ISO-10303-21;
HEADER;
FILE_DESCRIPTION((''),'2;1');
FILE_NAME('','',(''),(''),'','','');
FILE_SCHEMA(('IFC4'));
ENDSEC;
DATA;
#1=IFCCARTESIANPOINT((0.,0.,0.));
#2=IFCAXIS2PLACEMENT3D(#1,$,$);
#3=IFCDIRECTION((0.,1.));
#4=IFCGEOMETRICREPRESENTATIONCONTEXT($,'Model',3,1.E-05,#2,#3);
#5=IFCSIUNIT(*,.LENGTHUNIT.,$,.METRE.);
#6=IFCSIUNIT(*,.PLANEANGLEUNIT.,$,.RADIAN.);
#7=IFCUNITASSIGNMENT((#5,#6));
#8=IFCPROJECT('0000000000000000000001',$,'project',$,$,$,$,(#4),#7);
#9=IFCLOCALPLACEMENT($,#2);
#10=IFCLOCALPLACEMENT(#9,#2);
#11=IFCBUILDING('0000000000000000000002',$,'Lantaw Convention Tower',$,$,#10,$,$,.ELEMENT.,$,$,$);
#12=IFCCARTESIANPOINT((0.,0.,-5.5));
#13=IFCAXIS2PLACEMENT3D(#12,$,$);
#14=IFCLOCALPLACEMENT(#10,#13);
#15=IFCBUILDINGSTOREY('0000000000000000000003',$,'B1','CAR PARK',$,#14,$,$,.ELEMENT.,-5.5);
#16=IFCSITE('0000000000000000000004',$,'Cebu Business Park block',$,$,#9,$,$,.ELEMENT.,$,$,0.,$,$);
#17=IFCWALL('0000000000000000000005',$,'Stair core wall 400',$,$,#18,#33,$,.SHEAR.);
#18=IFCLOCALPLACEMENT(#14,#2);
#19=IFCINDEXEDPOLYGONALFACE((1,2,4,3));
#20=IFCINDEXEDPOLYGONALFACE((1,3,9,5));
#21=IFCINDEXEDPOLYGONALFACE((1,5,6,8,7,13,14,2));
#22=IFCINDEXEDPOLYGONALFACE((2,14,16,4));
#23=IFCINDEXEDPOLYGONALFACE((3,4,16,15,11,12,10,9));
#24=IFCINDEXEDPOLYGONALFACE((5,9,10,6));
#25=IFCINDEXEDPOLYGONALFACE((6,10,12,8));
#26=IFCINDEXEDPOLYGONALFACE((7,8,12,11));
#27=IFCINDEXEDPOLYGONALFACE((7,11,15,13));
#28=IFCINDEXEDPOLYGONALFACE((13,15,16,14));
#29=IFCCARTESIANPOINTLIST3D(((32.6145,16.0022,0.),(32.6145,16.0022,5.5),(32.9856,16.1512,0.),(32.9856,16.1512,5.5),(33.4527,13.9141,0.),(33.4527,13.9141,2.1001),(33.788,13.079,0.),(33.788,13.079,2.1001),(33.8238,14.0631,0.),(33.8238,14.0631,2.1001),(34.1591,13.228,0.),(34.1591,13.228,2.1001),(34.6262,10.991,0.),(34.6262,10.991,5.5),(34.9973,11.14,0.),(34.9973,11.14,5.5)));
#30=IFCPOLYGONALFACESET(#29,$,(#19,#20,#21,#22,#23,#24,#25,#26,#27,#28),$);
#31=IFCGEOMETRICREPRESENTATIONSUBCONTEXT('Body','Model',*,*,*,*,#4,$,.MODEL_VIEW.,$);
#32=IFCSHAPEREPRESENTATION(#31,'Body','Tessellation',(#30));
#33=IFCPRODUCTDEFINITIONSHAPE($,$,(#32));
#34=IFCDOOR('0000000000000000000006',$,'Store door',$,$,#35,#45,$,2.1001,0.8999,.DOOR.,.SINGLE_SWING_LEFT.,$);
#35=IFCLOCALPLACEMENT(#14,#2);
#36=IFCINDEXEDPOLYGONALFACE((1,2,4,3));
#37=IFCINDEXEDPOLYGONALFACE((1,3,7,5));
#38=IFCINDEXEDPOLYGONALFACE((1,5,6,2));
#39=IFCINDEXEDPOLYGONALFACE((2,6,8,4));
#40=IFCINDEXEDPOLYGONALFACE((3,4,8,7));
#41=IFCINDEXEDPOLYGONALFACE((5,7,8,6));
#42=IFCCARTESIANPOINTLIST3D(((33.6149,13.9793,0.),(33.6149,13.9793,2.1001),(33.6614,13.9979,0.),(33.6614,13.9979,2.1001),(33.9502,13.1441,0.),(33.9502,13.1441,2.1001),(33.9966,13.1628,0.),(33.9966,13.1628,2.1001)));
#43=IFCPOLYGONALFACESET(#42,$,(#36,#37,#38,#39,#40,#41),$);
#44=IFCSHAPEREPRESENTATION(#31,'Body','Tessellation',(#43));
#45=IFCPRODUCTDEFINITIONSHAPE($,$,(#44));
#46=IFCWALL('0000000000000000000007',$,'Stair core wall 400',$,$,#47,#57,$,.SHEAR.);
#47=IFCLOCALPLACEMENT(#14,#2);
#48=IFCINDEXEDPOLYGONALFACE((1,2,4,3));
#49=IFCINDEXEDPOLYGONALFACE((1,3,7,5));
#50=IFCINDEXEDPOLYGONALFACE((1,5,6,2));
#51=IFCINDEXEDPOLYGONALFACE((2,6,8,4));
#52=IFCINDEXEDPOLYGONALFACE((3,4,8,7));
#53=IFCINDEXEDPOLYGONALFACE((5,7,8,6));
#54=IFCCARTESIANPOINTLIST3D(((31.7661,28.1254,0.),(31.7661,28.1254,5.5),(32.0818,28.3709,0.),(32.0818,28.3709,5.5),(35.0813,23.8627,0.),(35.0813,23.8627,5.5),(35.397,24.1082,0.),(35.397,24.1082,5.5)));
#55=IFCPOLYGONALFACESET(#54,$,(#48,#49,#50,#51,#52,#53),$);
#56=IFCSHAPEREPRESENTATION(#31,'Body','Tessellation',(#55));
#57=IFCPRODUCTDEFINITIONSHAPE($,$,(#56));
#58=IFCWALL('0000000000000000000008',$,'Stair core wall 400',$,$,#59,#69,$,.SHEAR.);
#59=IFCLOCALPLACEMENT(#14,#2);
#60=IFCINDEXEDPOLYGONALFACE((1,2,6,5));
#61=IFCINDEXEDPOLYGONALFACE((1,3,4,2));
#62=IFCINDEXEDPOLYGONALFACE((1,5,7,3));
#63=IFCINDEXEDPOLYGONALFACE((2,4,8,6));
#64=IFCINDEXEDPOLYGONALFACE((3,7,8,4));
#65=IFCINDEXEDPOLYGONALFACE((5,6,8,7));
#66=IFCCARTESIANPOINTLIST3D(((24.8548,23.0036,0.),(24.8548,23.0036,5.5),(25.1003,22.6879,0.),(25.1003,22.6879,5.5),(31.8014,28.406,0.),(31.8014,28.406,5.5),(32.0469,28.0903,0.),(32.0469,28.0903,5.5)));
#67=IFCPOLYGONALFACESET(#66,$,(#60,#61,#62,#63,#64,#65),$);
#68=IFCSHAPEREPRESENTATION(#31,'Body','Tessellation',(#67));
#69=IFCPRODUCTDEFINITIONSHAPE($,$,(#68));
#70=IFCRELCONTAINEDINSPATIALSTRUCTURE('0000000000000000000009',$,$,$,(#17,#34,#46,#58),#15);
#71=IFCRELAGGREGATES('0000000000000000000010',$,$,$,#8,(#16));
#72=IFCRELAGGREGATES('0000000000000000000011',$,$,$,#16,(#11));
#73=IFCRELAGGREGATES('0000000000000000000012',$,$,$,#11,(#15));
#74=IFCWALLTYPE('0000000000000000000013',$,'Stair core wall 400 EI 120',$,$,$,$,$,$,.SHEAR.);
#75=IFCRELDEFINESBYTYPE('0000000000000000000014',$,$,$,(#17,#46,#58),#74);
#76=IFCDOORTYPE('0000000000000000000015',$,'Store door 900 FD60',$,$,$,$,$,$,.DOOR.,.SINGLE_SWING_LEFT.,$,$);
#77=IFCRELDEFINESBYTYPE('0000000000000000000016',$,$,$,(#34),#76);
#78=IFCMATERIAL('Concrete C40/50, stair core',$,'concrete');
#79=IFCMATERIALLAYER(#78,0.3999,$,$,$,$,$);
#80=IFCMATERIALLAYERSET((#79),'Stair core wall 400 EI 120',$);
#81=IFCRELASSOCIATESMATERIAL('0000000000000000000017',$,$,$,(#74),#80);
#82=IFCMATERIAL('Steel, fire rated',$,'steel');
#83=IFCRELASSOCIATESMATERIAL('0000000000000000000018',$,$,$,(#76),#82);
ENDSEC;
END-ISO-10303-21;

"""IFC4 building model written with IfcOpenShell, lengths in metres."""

from ifc_helpers import new_model, si_unit, direction, frame, frame_2d, origin, place, context, subcontext, project, spatial, rectangle, extrude, material, layer, layer_set, type_object, element, fill, save


model = new_model("IFC4")

# Units and contexts
model_context = context("Model", 3, precision=1e-05, world=origin(), true_north=direction((0.0, 1.0)))
body_context = subcontext(model_context, "Body", "Model", "MODEL_VIEW")
ifc_project = project(units=[si_unit("LENGTHUNIT", "METRE"), si_unit("PLANEANGLEUNIT", "RADIAN")], contexts=[model_context])

# Site, building, storey
site_placement = place(None, origin())
site = spatial("IfcSite", under=ifc_project, at=site_placement, Name="Cebu Business Park block", CompositionType="ELEMENT", RefElevation=0.0)
building_placement = place(site_placement, origin())
building = spatial("IfcBuilding", under=site, at=building_placement, Name="Lantaw Convention Tower", CompositionType="ELEMENT")
storey_placement = place(building_placement, frame((0.0, 0.0, -5.5)))
storey = spatial("IfcBuildingStorey", under=building, at=storey_placement, Name="B1", Description="CAR PARK", CompositionType="ELEMENT", Elevation=-5.5)

# Shared definitions
ifc_material_1 = material(Name="Concrete C40/50, stair core", Category="concrete")
ifc_layer_1 = layer(ifc_material_1, 0.3999)
ifc_layer_set_1 = layer_set([ifc_layer_1], Name="Stair core wall 400 EI 120")
wall_type_1 = type_object("IfcWallType", Name="Stair core wall 400 EI 120", PredefinedType="SHEAR", material=ifc_layer_set_1)

# Wall, opening, door
wall_1_placement = place(storey_placement, frame((32.8, 16.0767, 0.0), z_axis=(0.0, 0.0, 1.0), x_axis=(0.372544, -0.928015, 0.0)))
wall_1 = element("IfcWall", 1, at=wall_1_placement, inside=storey, type_object=wall_type_1, Name="Stair core wall 400", PredefinedType="SHEAR", context=body_context, shape_type="SweptSolid", body=[
    extrude(rectangle(XDim=5.3999, YDim=0.3999, at=frame_2d((2.7, 0.0))), origin(), (0.0, 0.0, 1.0), 5.5),
])
opening_placement = place(wall_1_placement, frame((2.25, 0.0, 0.0)))
opening = element("IfcOpeningElement", 2, at=opening_placement, cuts=wall_1, PredefinedType="OPENING", context=body_context, shape_type="SweptSolid", body=[
    extrude(rectangle(XDim=0.8999, YDim=2.1001, at=frame_2d((0.45, 1.05))), frame((0.0, 0.21, 0.0), z_axis=(0.0, -1.0, 0.0), x_axis=(1.0, 0.0, 0.0)), (0.0, 0.0, 1.0), 0.4199),
])
ifc_material_2 = material(Name="Steel, fire rated", Category="steel")
door_type = type_object("IfcDoorType", Name="Store door 900 FD60", OperationType="SINGLE_SWING_LEFT", PredefinedType="DOOR", material=ifc_material_2)
door_placement = place(opening_placement, origin())
door = element("IfcDoor", 3, at=door_placement, inside=storey, type_object=door_type, Name="Store door", OperationType="SINGLE_SWING_LEFT", OverallHeight=2.1001, OverallWidth=0.8999, PredefinedType="DOOR", context=body_context, shape_type="SweptSolid", body=[
    extrude(rectangle(XDim=0.8999, YDim=2.1001, at=frame_2d((0.45, 1.05))), frame((0.0, 0.0249, 0.0), z_axis=(0.0, -1.0, 0.0), x_axis=(1.0, 0.0, 0.0)), (0.0, 0.0, 1.0), 0.05),
])
fill(opening, door)

# Walls
wall_2_placement = place(storey_placement, frame((35.2393, 23.9854, 0.0), z_axis=(0.0, 0.0, 1.0), x_axis=(-0.613912, 0.789374, 0.0)))
element("IfcWall", 4, at=wall_2_placement, inside=storey, type_object=wall_type_1, Name="Stair core wall 400", PredefinedType="SHEAR", context=body_context, shape_type="SweptSolid", body=[
    extrude(rectangle(XDim=5.4001, YDim=0.3999, at=frame_2d((2.7002, 0.0))), origin(), (0.0, 0.0, 1.0), 5.5),
])
wall_3_placement = place(storey_placement, frame((31.9241, 28.248, 0.0), z_axis=(0.0, 0.0, 1.0), x_axis=(-0.789381, -0.613904, 0.0)))
element("IfcWall", 5, at=wall_3_placement, inside=storey, type_object=wall_type_1, Name="Stair core wall 400", PredefinedType="SHEAR", context=body_context, shape_type="SweptSolid", body=[
    extrude(rectangle(XDim=8.8, YDim=0.3999, at=frame_2d((4.3999, 0.0))), origin(), (0.0, 0.0, 1.0), 5.5),
])

save(model, "model.ifc")
